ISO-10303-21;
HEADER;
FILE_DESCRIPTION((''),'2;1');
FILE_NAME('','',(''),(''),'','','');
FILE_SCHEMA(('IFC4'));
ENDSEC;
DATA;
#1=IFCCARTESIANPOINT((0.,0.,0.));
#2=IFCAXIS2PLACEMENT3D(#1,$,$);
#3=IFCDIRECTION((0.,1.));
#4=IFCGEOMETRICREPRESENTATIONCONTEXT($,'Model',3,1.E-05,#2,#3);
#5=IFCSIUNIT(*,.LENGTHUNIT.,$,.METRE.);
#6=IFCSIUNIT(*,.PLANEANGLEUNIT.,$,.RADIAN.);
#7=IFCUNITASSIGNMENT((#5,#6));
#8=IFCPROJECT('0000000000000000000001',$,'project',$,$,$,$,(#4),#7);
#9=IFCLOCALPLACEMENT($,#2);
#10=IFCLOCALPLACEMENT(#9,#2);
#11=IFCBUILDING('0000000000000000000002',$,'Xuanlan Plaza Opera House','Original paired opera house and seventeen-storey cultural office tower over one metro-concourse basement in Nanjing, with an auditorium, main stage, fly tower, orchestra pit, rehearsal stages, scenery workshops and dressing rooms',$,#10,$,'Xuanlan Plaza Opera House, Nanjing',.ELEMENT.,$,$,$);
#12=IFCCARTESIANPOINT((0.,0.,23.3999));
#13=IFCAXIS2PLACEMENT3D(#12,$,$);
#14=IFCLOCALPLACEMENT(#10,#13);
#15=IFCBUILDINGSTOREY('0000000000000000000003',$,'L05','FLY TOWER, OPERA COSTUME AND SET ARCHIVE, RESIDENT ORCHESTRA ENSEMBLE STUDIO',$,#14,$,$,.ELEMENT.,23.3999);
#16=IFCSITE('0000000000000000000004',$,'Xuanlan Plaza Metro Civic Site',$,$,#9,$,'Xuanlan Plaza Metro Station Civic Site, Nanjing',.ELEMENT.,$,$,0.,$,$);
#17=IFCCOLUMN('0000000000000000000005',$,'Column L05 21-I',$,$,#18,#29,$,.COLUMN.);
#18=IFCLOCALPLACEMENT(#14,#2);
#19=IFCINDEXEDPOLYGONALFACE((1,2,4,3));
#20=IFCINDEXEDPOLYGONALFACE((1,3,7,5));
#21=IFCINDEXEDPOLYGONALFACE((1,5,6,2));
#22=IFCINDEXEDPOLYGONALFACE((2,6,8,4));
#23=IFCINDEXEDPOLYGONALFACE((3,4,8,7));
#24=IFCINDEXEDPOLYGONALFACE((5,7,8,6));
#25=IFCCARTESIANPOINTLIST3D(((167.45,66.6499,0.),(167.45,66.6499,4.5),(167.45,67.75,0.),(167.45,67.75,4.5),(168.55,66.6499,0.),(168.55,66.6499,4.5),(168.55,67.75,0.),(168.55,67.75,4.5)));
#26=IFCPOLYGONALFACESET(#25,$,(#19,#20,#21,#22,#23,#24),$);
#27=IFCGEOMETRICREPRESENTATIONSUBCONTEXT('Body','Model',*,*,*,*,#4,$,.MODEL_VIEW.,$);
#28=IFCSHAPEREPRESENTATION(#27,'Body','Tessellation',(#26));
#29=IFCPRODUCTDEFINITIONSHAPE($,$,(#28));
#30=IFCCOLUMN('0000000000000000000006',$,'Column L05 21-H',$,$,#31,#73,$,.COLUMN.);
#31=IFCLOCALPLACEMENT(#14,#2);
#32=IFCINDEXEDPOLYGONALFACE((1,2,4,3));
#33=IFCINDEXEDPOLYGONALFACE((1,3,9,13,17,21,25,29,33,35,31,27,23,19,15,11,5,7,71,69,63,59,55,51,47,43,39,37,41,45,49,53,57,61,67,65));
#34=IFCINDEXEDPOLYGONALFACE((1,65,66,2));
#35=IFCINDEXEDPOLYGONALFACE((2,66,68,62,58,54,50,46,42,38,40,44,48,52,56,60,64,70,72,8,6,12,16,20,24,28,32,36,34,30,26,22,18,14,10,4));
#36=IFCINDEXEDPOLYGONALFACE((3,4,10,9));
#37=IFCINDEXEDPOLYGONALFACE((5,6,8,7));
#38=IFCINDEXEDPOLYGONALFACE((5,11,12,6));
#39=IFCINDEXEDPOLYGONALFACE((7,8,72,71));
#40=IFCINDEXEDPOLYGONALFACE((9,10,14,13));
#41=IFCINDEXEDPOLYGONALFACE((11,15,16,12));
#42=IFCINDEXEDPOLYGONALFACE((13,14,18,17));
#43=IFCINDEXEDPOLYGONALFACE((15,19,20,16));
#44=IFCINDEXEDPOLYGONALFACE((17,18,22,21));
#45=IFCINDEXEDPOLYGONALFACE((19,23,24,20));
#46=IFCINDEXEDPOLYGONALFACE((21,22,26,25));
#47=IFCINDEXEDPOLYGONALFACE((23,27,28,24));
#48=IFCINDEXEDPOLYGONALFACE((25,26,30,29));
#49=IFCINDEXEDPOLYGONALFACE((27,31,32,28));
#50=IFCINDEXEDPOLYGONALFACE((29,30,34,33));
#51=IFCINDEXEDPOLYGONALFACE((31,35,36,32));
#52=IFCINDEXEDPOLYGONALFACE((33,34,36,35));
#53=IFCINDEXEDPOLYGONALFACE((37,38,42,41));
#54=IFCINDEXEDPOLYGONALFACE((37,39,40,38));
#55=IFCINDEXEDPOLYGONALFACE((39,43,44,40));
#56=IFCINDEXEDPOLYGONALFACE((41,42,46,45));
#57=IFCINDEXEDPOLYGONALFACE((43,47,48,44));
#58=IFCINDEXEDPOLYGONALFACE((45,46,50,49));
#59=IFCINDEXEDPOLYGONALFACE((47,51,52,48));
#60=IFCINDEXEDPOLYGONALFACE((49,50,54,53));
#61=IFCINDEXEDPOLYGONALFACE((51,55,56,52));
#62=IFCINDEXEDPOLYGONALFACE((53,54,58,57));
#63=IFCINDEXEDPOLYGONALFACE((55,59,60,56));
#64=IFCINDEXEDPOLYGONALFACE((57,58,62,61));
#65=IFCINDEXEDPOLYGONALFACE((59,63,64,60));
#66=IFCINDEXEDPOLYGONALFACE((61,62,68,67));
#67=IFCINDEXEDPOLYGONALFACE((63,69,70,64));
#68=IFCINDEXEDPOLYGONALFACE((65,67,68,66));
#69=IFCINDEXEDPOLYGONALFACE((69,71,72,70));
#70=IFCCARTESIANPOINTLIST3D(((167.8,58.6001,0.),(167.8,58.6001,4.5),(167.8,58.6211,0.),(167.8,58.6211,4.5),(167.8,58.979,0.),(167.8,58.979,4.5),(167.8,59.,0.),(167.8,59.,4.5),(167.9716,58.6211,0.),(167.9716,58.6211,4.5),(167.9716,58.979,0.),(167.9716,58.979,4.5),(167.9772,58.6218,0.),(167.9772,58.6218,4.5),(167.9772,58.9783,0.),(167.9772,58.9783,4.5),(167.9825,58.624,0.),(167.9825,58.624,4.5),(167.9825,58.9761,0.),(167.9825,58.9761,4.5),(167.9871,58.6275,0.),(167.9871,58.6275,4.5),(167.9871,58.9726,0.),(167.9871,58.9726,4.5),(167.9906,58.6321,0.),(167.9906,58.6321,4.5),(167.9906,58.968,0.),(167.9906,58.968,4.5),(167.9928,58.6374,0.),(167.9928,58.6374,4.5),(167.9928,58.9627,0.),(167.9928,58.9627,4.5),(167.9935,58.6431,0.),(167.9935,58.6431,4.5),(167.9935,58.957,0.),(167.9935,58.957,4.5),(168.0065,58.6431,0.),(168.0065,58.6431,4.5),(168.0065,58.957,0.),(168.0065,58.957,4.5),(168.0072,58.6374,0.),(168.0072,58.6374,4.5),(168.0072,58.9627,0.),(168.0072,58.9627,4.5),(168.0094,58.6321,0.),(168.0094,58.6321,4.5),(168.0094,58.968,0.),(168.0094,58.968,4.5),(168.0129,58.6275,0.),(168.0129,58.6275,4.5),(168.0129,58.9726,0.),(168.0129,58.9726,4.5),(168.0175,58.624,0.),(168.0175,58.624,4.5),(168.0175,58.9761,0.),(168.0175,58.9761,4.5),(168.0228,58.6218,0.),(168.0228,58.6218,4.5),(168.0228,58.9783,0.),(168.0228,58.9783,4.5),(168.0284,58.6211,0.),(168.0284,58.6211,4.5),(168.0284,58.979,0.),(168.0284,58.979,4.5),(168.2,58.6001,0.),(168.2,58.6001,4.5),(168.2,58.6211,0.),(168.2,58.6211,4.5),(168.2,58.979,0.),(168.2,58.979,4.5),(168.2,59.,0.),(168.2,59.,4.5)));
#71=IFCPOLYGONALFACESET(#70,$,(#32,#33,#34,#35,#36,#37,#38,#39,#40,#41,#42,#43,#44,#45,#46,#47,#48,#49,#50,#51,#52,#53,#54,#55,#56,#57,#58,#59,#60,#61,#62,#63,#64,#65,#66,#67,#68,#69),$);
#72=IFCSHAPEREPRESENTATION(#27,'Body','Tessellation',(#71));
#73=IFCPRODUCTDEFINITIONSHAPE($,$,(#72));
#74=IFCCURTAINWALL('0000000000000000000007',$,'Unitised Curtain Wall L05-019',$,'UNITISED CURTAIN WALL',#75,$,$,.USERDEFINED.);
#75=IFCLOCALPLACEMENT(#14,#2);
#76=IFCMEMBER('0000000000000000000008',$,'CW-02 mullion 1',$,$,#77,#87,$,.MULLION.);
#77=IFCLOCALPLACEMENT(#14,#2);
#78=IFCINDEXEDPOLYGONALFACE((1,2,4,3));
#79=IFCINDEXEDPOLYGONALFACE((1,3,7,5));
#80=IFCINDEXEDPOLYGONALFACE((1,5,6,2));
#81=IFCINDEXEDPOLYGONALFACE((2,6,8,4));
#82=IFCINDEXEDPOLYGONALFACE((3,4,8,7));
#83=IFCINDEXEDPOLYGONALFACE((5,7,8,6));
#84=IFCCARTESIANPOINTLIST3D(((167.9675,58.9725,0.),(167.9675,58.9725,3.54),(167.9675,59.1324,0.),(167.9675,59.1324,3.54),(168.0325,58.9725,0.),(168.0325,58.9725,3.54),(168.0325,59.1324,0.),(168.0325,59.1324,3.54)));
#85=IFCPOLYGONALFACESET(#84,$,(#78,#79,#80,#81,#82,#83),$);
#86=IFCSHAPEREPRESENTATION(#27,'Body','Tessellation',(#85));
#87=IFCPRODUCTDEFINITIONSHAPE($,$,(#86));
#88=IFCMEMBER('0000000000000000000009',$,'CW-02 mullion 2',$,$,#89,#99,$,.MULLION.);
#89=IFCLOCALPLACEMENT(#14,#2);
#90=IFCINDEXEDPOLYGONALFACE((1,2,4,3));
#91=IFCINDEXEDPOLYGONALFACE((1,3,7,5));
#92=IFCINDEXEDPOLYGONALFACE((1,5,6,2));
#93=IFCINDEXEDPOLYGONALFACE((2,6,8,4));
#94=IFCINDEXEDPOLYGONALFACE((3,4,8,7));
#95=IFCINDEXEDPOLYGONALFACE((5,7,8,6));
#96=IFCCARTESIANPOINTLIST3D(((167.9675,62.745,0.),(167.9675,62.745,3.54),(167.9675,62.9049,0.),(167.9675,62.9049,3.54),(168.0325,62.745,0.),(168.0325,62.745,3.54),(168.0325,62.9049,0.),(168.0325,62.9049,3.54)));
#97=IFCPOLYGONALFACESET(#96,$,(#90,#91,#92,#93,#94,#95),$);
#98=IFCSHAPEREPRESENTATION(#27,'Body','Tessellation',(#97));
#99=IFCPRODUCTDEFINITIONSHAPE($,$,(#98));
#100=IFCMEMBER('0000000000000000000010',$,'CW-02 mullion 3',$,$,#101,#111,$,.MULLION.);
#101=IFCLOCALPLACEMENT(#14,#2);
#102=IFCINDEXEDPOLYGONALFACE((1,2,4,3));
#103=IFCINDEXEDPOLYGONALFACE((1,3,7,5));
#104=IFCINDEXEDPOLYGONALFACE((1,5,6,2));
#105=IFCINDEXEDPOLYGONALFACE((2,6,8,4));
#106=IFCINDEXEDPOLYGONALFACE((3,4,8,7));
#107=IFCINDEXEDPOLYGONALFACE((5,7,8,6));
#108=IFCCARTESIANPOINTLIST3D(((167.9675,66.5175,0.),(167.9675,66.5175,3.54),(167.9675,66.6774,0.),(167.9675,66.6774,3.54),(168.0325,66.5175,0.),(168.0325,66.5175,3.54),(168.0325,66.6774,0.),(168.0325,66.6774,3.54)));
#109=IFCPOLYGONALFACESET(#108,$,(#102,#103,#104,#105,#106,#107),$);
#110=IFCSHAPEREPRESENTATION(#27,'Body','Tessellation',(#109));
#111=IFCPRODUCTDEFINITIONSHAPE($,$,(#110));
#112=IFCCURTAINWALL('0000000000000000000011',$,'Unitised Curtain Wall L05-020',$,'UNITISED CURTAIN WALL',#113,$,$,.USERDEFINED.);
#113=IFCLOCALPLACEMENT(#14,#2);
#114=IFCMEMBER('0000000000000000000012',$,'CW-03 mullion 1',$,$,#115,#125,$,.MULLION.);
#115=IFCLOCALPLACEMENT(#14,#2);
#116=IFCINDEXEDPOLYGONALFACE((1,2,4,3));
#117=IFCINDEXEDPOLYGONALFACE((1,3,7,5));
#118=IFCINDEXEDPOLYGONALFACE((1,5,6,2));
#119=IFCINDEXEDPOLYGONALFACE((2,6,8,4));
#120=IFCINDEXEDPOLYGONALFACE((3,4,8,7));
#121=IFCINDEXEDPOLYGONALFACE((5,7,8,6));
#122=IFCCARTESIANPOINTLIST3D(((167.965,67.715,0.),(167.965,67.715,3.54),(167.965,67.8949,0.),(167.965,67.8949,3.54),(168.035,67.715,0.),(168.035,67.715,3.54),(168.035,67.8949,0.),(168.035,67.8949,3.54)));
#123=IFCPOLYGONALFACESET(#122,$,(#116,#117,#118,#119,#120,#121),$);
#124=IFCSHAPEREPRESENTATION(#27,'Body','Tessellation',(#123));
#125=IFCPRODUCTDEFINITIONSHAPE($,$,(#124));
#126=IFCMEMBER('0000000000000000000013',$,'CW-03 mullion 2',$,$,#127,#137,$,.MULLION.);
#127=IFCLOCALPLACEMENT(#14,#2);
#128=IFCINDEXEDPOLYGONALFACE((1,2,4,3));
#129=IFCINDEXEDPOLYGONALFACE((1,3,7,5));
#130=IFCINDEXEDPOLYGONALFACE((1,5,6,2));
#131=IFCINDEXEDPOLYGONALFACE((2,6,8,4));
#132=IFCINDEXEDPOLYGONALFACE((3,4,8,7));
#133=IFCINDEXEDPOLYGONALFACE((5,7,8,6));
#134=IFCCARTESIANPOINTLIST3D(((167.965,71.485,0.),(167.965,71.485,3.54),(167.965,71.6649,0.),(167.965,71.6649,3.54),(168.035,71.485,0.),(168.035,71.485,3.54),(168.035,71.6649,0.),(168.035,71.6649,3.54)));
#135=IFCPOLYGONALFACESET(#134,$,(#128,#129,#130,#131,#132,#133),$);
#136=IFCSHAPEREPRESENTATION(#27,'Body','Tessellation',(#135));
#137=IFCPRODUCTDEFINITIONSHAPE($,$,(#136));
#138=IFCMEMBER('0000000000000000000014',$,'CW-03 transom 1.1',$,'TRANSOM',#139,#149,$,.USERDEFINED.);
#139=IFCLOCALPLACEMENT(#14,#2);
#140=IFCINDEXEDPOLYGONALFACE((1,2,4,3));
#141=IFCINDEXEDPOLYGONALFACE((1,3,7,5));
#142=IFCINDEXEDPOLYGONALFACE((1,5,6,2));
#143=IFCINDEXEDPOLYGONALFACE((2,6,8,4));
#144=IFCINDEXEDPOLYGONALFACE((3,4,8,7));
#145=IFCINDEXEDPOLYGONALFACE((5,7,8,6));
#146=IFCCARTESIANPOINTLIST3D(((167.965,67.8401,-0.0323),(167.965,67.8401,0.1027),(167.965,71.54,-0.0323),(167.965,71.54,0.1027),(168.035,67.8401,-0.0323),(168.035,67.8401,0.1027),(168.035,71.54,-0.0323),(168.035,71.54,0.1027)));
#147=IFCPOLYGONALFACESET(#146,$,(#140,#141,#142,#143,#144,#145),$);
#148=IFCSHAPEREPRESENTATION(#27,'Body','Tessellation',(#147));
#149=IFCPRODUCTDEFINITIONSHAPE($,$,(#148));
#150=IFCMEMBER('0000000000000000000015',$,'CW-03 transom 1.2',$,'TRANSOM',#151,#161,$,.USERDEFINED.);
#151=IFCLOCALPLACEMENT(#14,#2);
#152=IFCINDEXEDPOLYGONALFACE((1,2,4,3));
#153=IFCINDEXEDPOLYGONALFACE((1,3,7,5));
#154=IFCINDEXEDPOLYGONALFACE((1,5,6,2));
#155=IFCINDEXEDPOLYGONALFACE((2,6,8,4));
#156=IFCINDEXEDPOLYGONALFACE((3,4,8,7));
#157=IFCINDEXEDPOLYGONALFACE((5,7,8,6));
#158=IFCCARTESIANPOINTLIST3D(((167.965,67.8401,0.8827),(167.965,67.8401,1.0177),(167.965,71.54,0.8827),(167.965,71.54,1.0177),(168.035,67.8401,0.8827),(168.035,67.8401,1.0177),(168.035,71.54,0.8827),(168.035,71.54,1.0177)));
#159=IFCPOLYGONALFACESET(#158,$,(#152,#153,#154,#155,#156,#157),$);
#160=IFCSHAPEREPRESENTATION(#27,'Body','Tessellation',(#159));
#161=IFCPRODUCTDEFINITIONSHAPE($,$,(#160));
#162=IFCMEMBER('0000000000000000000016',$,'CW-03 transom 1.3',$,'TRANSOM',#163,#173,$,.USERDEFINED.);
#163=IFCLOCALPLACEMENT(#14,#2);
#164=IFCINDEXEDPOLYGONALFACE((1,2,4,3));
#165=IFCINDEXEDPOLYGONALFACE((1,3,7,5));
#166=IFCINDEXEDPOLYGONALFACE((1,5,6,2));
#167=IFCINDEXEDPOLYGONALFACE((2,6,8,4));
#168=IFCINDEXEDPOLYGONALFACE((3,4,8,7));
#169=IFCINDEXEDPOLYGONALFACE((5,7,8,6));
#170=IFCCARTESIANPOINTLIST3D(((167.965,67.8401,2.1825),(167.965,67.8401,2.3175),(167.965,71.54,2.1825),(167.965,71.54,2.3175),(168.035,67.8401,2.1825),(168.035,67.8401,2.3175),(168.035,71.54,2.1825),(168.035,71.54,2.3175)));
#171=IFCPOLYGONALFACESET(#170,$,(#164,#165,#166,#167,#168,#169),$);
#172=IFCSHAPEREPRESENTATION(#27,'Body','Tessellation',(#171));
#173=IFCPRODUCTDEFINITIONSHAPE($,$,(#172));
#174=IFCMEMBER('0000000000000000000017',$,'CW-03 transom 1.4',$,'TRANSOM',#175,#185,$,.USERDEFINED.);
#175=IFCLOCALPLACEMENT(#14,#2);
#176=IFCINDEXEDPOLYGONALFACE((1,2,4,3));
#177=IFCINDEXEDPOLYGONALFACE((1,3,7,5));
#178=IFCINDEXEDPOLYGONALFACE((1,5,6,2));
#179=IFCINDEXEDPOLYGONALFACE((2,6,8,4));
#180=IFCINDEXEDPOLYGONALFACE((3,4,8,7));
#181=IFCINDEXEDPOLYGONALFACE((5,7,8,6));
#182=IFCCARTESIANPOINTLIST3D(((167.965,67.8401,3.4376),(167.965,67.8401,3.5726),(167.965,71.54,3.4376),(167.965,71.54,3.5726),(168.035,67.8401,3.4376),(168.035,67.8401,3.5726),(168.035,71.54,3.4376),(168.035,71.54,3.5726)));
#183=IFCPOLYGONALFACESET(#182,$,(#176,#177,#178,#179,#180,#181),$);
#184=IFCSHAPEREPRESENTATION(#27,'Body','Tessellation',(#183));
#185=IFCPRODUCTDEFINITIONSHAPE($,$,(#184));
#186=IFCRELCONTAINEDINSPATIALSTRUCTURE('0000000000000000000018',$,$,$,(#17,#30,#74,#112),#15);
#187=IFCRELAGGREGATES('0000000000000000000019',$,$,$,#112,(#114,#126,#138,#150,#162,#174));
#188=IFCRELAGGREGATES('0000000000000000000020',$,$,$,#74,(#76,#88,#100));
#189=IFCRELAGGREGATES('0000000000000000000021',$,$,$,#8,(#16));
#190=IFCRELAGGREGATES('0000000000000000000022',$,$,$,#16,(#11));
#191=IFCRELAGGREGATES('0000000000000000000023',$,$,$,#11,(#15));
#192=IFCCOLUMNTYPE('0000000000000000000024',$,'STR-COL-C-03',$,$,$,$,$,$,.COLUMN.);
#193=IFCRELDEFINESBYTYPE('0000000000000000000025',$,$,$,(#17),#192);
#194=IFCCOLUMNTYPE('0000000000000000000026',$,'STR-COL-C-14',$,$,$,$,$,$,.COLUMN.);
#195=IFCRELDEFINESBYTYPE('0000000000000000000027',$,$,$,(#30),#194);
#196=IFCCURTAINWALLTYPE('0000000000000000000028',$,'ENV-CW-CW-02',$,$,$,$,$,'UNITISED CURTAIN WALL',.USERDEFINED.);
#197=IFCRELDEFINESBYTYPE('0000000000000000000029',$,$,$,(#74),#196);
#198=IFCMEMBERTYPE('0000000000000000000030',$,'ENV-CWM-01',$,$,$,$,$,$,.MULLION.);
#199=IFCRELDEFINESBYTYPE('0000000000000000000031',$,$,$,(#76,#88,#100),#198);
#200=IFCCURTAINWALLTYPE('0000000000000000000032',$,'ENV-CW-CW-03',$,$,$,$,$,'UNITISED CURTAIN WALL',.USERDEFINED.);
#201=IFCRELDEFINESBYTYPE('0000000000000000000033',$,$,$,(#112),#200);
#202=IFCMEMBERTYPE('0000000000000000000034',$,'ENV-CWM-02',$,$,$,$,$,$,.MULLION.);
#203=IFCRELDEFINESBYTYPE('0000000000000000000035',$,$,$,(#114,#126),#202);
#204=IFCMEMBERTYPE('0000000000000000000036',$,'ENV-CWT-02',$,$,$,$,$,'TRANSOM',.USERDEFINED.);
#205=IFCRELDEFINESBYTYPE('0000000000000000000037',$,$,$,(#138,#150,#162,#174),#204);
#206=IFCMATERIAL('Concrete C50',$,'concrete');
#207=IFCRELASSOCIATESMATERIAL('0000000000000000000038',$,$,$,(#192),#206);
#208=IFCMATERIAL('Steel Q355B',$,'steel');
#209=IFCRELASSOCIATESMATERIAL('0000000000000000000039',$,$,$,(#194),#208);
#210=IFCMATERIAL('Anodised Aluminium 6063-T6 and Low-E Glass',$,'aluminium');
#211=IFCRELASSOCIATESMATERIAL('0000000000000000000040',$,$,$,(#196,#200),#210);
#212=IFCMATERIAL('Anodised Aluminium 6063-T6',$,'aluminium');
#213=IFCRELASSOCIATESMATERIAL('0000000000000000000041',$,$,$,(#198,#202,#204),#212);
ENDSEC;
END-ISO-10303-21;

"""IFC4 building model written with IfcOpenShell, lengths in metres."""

from ifc_helpers import new_model, si_unit, direction, frame, origin, origin_2d, place, context, subcontext, project, spatial, rectangle, i_section, extrude, material, material_profile, profile_set, type_object, element, aggregate, save


model = new_model("IFC4")

# Units and contexts
model_context = context("Model", 3, precision=1e-05, world=origin(), true_north=direction((0.0, 1.0)))
body_context = subcontext(model_context, "Body", "Model", "MODEL_VIEW")
ifc_project = project(units=[si_unit("LENGTHUNIT", "METRE"), si_unit("PLANEANGLEUNIT", "RADIAN")], contexts=[model_context])

# Site, building, storey
site_placement = place(None, origin())
site = spatial("IfcSite", under=ifc_project, at=site_placement, Name="Xuanlan Plaza Metro Civic Site", LongName="Xuanlan Plaza Metro Station Civic Site, Nanjing", CompositionType="ELEMENT", RefElevation=0.0)
building_placement = place(site_placement, origin())
building = spatial("IfcBuilding", under=site, at=building_placement, Name="Xuanlan Plaza Opera House", Description="Original paired opera house and seventeen-storey cultural office tower over one metro-concourse basement in Nanjing, with an auditorium, main stage, fly tower, orchestra pit, rehearsal stages, scenery workshops and dressing rooms", LongName="Xuanlan Plaza Opera House, Nanjing", CompositionType="ELEMENT")
storey_placement = place(building_placement, frame((0.0, 0.0, 23.3999)))
storey = spatial("IfcBuildingStorey", under=building, at=storey_placement, Name="L05", Description="FLY TOWER, OPERA COSTUME AND SET ARCHIVE, RESIDENT ORCHESTRA ENSEMBLE STUDIO", CompositionType="ELEMENT", Elevation=23.3999)

# Columns
ifc_material_1 = material(Name="Concrete C50", Category="concrete")
ifc_material_profile_1 = material_profile(ifc_material_1, rectangle(XDim=1.1001, YDim=1.1001, at=origin_2d()), Name="RC-COL 1100x1100")
ifc_profile_set_1 = profile_set([ifc_material_profile_1], Name="Concrete C50")
column_type_1 = type_object("IfcColumnType", Name="STR-COL-C-03", PredefinedType="COLUMN", material=ifc_profile_set_1)
column_1_placement = place(storey_placement, frame((168.0, 67.2, 0.0), z_axis=(0.0, 0.0, 1.0), x_axis=(1.0, 0.0, 0.0)))
element("IfcColumn", 1, at=column_1_placement, inside=storey, type_object=column_type_1, Name="Column L05 21-I", PredefinedType="COLUMN", context=body_context, shape_type="SweptSolid", body=[
    extrude(rectangle(XDim=1.1001, YDim=1.1001, at=origin_2d()), origin(), (0.0, 0.0, 1.0), 4.5),
])
ifc_material_2 = material(Name="Steel Q355B", Category="steel")
ifc_material_profile_2 = material_profile(ifc_material_2, i_section(OverallWidth=0.3999, OverallDepth=0.3999, WebThickness=0.0129, FlangeThickness=0.021, FilletRadius=0.022, at=origin_2d()), Name="HW 400x400x13x21")
ifc_profile_set_2 = profile_set([ifc_material_profile_2], Name="Steel Q355B")
column_type_2 = type_object("IfcColumnType", Name="STR-COL-C-14", PredefinedType="COLUMN", material=ifc_profile_set_2)
column_2_placement = place(storey_placement, frame((168.0, 58.8, 0.0), z_axis=(0.0, 0.0, 1.0), x_axis=(1.0, 0.0, 0.0)))
element("IfcColumn", 2, at=column_2_placement, inside=storey, type_object=column_type_2, Name="Column L05 21-H", PredefinedType="COLUMN", context=body_context, shape_type="SweptSolid", body=[
    extrude(i_section(OverallWidth=0.3999, OverallDepth=0.3999, WebThickness=0.0129, FlangeThickness=0.021, FilletRadius=0.022, at=origin_2d()), origin(), (0.0, 0.0, 1.0), 4.5),
])

# Curtain walls, members
ifc_material_3 = material(Name="Anodised Aluminium 6063-T6 and Low-E Glass", Category="aluminium")
curtain_wall_type_1 = type_object("IfcCurtainWallType", Name="ENV-CW-CW-02", ElementType="UNITISED CURTAIN WALL", PredefinedType="USERDEFINED", material=ifc_material_3)
curtain_wall_1_placement = place(storey_placement, origin())
curtain_wall_1 = element("IfcCurtainWall", 3, at=curtain_wall_1_placement, inside=storey, type_object=curtain_wall_type_1, Name="Unitised Curtain Wall L05-019", ObjectType="UNITISED CURTAIN WALL", PredefinedType="USERDEFINED")
ifc_material_4 = material(Name="Anodised Aluminium 6063-T6", Category="aluminium")
ifc_material_profile_3 = material_profile(ifc_material_4, rectangle(XDim=0.0649, YDim=0.1599, at=origin_2d()), Name="ALU-M 65x160")
ifc_profile_set_3 = profile_set([ifc_material_profile_3], Name="Anodised Aluminium 6063-T6")
member_type_1 = type_object("IfcMemberType", Name="ENV-CWM-01", PredefinedType="MULLION", material=ifc_profile_set_3)
member_1_placement = place(storey_placement, frame((168.0, 59.0525, 0.0), z_axis=(0.0, 0.0, 1.0), x_axis=(-1.0, 0.0, 0.0)))
member_1 = element("IfcMember", 4, at=member_1_placement, type_object=member_type_1, Name="CW-02 mullion 1", PredefinedType="MULLION", context=body_context, shape_type="SweptSolid", body=[
    extrude(rectangle(XDim=0.0649, YDim=0.1599, at=origin_2d()), origin(), (0.0, 0.0, 1.0), 3.54),
])
member_2_placement = place(storey_placement, frame((168.0, 62.825, 0.0), z_axis=(0.0, 0.0, 1.0), x_axis=(-1.0, 0.0, 0.0)))
member_2 = element("IfcMember", 5, at=member_2_placement, type_object=member_type_1, Name="CW-02 mullion 2", PredefinedType="MULLION", context=body_context, shape_type="SweptSolid", body=[
    extrude(rectangle(XDim=0.0649, YDim=0.1599, at=origin_2d()), origin(), (0.0, 0.0, 1.0), 3.54),
])
member_3_placement = place(storey_placement, frame((168.0, 66.5974, 0.0), z_axis=(0.0, 0.0, 1.0), x_axis=(-1.0, 0.0, 0.0)))
member_3 = element("IfcMember", 6, at=member_3_placement, type_object=member_type_1, Name="CW-02 mullion 3", PredefinedType="MULLION", context=body_context, shape_type="SweptSolid", body=[
    extrude(rectangle(XDim=0.0649, YDim=0.1599, at=origin_2d()), origin(), (0.0, 0.0, 1.0), 3.54),
])
curtain_wall_type_2 = type_object("IfcCurtainWallType", Name="ENV-CW-CW-03", ElementType="UNITISED CURTAIN WALL", PredefinedType="USERDEFINED", material=ifc_material_3)
curtain_wall_2_placement = place(storey_placement, origin())
curtain_wall_2 = element("IfcCurtainWall", 7, at=curtain_wall_2_placement, inside=storey, type_object=curtain_wall_type_2, Name="Unitised Curtain Wall L05-020", ObjectType="UNITISED CURTAIN WALL", PredefinedType="USERDEFINED")
ifc_material_profile_4 = material_profile(ifc_material_4, rectangle(XDim=0.0701, YDim=0.1799, at=origin_2d()), Name="ALU-M 70x180")
ifc_profile_set_4 = profile_set([ifc_material_profile_4], Name="Anodised Aluminium 6063-T6")
member_type_2 = type_object("IfcMemberType", Name="ENV-CWM-02", PredefinedType="MULLION", material=ifc_profile_set_4)
member_4_placement = place(storey_placement, frame((168.0, 67.8049, 0.0), z_axis=(0.0, 0.0, 1.0), x_axis=(-1.0, 0.0, 0.0)))
member_4 = element("IfcMember", 8, at=member_4_placement, type_object=member_type_2, Name="CW-03 mullion 1", PredefinedType="MULLION", context=body_context, shape_type="SweptSolid", body=[
    extrude(rectangle(XDim=0.0701, YDim=0.1799, at=origin_2d()), origin(), (0.0, 0.0, 1.0), 3.54),
])
member_5_placement = place(storey_placement, frame((168.0, 71.575, 0.0), z_axis=(0.0, 0.0, 1.0), x_axis=(-1.0, 0.0, 0.0)))
member_5 = element("IfcMember", 9, at=member_5_placement, type_object=member_type_2, Name="CW-03 mullion 2", PredefinedType="MULLION", context=body_context, shape_type="SweptSolid", body=[
    extrude(rectangle(XDim=0.0701, YDim=0.1799, at=origin_2d()), origin(), (0.0, 0.0, 1.0), 3.54),
])
ifc_material_profile_5 = material_profile(ifc_material_4, rectangle(XDim=0.0701, YDim=0.135, at=origin_2d()), Name="ALU-T 70x135")
ifc_profile_set_5 = profile_set([ifc_material_profile_5], Name="Anodised Aluminium 6063-T6")
member_type_3 = type_object("IfcMemberType", Name="ENV-CWT-02", ElementType="TRANSOM", PredefinedType="USERDEFINED", material=ifc_profile_set_5)
member_6_placement = place(storey_placement, frame((168.0, 67.8401, 0.0352), z_axis=(0.0, 1.0, 0.0), x_axis=(-1.0, 0.0, 0.0)))
member_6 = element("IfcMember", 10, at=member_6_placement, type_object=member_type_3, Name="CW-03 transom 1.1", ObjectType="TRANSOM", PredefinedType="USERDEFINED", context=body_context, shape_type="SweptSolid", body=[
    extrude(rectangle(XDim=0.0701, YDim=0.135, at=origin_2d()), origin(), (0.0, 0.0, 1.0), 3.7),
])
member_7_placement = place(storey_placement, frame((168.0, 67.8401, 0.9502), z_axis=(0.0, 1.0, 0.0), x_axis=(-1.0, 0.0, 0.0)))
member_7 = element("IfcMember", 11, at=member_7_placement, type_object=member_type_3, Name="CW-03 transom 1.2", ObjectType="TRANSOM", PredefinedType="USERDEFINED", context=body_context, shape_type="SweptSolid", body=[
    extrude(rectangle(XDim=0.0701, YDim=0.135, at=origin_2d()), origin(), (0.0, 0.0, 1.0), 3.7),
])
member_8_placement = place(storey_placement, frame((168.0, 67.8401, 2.25), z_axis=(0.0, 1.0, 0.0), x_axis=(-1.0, 0.0, 0.0)))
member_8 = element("IfcMember", 12, at=member_8_placement, type_object=member_type_3, Name="CW-03 transom 1.3", ObjectType="TRANSOM", PredefinedType="USERDEFINED", context=body_context, shape_type="SweptSolid", body=[
    extrude(rectangle(XDim=0.0701, YDim=0.135, at=origin_2d()), origin(), (0.0, 0.0, 1.0), 3.7),
])
member_9_placement = place(storey_placement, frame((168.0, 67.8401, 3.5051), z_axis=(0.0, 1.0, 0.0), x_axis=(-1.0, 0.0, 0.0)))
member_9 = element("IfcMember", 13, at=member_9_placement, type_object=member_type_3, Name="CW-03 transom 1.4", ObjectType="TRANSOM", PredefinedType="USERDEFINED", context=body_context, shape_type="SweptSolid", body=[
    extrude(rectangle(XDim=0.0701, YDim=0.135, at=origin_2d()), origin(), (0.0, 0.0, 1.0), 3.7),
])

aggregate(curtain_wall_2, [member_4, member_5, member_6, member_7, member_8, member_9])
aggregate(curtain_wall_1, [member_1, member_2, member_3])

save(model, "model.ifc")
